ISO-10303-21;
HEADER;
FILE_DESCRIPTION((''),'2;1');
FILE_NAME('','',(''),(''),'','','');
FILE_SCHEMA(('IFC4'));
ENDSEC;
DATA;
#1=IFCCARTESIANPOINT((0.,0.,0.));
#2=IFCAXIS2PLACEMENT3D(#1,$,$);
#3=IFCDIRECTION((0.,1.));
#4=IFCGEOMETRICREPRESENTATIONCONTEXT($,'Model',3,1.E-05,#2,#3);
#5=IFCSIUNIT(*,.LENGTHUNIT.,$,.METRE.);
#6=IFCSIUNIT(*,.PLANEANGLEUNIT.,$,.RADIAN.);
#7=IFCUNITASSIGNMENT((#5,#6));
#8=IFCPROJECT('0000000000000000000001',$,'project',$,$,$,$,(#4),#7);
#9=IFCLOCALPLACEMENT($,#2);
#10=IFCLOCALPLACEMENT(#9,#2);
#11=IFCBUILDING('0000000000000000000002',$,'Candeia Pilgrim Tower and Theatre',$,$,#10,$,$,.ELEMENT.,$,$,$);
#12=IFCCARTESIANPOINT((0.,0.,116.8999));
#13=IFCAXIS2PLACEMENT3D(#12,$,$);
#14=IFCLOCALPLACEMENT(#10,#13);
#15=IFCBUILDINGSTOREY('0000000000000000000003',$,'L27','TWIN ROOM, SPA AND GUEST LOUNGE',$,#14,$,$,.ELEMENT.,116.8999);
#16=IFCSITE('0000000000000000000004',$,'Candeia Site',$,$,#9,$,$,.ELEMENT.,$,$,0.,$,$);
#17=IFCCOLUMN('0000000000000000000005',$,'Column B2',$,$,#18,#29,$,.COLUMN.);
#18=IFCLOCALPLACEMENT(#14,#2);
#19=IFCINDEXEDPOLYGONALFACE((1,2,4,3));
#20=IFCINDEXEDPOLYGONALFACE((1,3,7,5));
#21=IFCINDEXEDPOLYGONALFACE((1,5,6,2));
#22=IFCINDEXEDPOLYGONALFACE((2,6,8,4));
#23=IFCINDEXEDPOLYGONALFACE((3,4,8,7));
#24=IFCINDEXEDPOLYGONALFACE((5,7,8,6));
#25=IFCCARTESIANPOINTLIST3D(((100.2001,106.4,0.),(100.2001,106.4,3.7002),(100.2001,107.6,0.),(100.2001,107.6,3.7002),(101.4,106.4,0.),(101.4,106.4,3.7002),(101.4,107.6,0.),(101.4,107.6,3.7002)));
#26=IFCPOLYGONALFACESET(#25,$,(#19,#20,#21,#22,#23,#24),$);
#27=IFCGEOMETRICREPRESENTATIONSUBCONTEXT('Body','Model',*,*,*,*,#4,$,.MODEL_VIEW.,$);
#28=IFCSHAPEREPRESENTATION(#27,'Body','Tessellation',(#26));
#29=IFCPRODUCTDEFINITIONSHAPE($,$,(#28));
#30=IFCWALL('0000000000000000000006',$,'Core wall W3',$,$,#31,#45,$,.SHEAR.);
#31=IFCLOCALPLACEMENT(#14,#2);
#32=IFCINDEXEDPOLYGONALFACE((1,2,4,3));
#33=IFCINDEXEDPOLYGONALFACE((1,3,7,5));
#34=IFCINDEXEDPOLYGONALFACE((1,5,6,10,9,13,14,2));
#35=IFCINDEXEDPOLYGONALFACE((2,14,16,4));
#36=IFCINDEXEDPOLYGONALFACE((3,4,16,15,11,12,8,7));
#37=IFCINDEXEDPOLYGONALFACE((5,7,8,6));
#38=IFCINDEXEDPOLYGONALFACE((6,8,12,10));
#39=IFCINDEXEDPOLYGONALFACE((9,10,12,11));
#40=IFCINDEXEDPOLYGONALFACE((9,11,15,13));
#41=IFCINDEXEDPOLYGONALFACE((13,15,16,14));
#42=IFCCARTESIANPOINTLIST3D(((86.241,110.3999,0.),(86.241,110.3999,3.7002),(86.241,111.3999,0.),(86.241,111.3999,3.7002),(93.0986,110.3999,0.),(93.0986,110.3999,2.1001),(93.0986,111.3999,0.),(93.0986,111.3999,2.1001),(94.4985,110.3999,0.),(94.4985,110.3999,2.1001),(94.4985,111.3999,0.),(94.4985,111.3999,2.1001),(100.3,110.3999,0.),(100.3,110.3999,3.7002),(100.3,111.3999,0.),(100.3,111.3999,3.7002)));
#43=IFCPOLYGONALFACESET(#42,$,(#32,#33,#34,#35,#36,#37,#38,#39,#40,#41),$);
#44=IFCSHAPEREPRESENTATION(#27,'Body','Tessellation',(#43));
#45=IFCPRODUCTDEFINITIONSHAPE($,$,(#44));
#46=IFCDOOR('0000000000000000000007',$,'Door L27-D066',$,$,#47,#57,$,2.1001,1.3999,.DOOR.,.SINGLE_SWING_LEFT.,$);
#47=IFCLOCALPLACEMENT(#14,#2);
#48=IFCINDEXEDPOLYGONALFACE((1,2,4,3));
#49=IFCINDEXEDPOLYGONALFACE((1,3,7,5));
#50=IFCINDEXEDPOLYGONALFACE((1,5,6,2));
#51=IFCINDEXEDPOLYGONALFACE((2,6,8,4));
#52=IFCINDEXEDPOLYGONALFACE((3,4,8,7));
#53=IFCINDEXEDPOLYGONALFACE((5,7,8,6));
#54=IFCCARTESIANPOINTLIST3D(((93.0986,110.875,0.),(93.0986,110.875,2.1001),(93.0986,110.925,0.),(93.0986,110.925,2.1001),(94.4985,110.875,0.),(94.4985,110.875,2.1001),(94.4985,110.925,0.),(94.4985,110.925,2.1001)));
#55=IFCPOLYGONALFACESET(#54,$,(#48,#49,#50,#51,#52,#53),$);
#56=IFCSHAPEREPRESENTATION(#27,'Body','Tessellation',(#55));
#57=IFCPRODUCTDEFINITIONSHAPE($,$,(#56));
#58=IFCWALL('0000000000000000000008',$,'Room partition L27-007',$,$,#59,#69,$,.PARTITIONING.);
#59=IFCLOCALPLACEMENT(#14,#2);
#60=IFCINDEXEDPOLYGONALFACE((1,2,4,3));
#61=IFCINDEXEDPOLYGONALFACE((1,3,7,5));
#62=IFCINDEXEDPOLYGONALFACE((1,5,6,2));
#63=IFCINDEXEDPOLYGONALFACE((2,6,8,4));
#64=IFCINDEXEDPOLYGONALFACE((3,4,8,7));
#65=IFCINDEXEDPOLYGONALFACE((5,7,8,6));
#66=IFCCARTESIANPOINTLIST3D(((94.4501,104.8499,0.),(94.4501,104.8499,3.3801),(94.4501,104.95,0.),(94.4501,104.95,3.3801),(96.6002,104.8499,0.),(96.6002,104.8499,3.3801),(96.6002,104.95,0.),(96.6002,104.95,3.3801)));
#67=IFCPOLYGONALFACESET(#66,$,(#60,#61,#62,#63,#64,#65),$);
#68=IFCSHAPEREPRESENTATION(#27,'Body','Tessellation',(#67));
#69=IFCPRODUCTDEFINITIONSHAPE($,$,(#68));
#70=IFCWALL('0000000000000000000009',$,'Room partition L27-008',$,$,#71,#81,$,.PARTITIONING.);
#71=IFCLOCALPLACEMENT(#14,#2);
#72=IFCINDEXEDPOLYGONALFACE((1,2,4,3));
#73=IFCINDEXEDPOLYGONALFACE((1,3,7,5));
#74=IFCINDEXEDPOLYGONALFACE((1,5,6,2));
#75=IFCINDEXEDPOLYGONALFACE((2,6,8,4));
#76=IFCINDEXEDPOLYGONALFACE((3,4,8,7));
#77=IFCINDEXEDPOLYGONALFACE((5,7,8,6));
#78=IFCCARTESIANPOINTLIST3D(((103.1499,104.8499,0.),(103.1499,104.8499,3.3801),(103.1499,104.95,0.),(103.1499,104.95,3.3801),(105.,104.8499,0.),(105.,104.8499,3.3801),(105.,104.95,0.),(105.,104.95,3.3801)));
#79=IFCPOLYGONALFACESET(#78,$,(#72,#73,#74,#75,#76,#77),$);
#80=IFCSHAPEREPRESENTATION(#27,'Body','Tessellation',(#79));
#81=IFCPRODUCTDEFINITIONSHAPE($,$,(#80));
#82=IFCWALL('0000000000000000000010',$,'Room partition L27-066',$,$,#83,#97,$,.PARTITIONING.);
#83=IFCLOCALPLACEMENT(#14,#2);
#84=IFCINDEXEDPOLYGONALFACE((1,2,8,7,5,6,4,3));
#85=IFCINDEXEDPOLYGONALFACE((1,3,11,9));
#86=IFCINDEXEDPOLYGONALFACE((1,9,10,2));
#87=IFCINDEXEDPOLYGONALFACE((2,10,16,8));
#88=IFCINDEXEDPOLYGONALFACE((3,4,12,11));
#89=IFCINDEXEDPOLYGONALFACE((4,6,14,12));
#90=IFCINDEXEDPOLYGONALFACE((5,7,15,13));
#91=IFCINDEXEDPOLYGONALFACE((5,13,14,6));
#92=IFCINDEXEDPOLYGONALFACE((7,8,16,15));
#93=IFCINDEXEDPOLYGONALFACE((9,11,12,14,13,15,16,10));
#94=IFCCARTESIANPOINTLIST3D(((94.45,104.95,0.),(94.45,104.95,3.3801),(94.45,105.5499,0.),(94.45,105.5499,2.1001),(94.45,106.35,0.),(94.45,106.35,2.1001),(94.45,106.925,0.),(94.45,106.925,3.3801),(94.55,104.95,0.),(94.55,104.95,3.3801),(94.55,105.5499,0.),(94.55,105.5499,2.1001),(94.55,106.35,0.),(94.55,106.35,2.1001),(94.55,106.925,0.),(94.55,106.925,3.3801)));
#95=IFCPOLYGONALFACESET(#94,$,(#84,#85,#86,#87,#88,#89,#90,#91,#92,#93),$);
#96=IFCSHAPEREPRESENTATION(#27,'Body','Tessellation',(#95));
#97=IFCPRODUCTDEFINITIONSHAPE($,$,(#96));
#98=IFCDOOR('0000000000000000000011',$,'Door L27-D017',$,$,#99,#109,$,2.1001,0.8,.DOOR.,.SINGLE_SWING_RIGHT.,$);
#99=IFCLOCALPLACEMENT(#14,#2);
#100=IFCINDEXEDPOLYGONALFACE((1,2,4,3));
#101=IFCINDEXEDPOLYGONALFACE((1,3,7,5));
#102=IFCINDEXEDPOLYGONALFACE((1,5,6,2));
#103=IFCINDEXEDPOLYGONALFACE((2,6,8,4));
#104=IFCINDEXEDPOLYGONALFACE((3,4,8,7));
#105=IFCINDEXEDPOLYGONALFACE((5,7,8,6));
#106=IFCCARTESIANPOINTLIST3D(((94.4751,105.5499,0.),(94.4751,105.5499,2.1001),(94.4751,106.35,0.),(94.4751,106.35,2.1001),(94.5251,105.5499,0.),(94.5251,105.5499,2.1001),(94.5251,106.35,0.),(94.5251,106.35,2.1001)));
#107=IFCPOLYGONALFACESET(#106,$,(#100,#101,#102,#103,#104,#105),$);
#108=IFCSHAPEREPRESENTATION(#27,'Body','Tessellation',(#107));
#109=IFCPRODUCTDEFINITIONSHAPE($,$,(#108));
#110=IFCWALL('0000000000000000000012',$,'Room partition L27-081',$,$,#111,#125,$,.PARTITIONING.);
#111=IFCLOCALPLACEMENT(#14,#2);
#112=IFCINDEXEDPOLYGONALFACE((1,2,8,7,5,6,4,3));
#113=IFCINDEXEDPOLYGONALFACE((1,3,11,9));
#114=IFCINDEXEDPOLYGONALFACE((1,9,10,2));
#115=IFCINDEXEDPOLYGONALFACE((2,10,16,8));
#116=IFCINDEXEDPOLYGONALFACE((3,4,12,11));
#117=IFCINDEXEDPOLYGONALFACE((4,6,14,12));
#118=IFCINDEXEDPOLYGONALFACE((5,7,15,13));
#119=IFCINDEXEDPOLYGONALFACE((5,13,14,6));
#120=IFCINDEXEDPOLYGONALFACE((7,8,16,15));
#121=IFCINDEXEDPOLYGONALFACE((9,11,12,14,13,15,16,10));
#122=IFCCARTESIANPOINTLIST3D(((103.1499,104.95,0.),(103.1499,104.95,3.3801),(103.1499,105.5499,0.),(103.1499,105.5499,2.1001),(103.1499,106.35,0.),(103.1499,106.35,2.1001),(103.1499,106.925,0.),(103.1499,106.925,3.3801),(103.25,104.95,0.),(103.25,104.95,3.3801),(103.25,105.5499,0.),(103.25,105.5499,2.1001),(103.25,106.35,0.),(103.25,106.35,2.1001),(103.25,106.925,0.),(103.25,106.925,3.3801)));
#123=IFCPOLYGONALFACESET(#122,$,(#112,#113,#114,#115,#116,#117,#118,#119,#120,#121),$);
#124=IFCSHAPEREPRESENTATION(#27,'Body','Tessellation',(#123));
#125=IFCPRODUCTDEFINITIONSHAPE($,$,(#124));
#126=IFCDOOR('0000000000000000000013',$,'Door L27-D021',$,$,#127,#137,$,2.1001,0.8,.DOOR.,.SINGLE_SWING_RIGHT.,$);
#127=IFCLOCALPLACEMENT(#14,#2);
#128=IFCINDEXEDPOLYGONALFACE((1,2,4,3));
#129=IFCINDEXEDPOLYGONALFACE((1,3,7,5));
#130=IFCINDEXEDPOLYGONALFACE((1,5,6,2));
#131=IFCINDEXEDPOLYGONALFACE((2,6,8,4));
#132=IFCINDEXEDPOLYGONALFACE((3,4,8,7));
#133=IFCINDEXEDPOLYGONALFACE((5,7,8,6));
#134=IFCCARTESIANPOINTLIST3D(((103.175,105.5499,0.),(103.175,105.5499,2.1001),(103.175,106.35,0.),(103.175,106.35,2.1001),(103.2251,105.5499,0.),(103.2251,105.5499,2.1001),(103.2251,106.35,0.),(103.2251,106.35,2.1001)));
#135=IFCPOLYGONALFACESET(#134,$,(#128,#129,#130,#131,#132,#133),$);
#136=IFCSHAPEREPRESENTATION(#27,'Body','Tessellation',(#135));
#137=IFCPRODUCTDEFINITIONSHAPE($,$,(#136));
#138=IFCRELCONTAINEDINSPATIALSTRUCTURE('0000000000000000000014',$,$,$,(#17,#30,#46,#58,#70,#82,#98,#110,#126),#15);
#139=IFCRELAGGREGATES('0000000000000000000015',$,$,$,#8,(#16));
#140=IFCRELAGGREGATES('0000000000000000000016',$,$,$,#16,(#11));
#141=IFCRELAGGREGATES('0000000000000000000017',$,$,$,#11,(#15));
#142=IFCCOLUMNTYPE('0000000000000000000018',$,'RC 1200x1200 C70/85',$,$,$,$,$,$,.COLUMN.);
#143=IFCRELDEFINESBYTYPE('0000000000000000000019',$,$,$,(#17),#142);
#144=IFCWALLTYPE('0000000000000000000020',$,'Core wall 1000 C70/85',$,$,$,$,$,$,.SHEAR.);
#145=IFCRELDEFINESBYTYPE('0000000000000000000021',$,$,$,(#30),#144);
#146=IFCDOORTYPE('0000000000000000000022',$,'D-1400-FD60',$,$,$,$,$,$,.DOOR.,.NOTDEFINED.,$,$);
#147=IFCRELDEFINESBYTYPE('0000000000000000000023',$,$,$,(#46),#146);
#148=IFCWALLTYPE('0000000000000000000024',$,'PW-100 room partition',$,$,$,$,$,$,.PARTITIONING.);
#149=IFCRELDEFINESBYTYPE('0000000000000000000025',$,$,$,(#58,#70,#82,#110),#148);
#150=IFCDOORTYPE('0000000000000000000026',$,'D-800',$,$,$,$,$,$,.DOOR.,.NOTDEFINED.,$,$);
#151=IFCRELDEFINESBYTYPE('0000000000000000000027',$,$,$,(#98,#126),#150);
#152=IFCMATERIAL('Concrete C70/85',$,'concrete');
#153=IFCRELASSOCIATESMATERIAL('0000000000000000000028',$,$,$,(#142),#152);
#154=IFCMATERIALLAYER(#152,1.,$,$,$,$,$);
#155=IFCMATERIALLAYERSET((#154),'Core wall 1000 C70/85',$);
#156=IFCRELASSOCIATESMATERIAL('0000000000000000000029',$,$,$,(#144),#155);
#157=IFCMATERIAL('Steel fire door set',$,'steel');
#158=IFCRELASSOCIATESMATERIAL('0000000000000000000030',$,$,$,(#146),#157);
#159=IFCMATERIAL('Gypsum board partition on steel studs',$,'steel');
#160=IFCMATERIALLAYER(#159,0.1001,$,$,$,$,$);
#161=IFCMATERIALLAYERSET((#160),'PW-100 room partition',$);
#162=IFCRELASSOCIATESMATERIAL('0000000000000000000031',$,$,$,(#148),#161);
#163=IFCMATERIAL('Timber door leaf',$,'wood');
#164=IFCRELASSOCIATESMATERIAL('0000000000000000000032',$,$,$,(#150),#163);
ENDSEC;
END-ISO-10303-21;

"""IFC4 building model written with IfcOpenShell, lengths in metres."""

from ifc_helpers import new_model, si_unit, direction, frame, frame_2d, origin, origin_2d, place, context, subcontext, project, spatial, rectangle, extrude, material, layer, layer_set, material_profile, profile_set, type_object, element, fill, save


model = new_model("IFC4")

# Units and contexts
model_context = context("Model", 3, precision=1e-05, world=origin(), true_north=direction((0.0, 1.0)))
body_context = subcontext(model_context, "Body", "Model", "MODEL_VIEW")
ifc_project = project(units=[si_unit("LENGTHUNIT", "METRE"), si_unit("PLANEANGLEUNIT", "RADIAN")], contexts=[model_context])

# Site, building, storey
site_placement = place(None, origin())
site = spatial("IfcSite", under=ifc_project, at=site_placement, Name="Candeia Site", CompositionType="ELEMENT", RefElevation=0.0)
building_placement = place(site_placement, origin())
building = spatial("IfcBuilding", under=site, at=building_placement, Name="Candeia Pilgrim Tower and Theatre", CompositionType="ELEMENT")
storey_placement = place(building_placement, frame((0.0, 0.0, 116.8999)))
storey = spatial("IfcBuildingStorey", under=building, at=storey_placement, Name="L27", Description="TWIN ROOM, SPA AND GUEST LOUNGE", CompositionType="ELEMENT", Elevation=116.8999)

# Column
ifc_material_1 = material(Name="Concrete C70/85", Category="concrete")
ifc_material_profile = material_profile(ifc_material_1, rectangle(XDim=1.2, YDim=1.2, at=origin_2d()))
ifc_profile_set = profile_set([ifc_material_profile], Name="Concrete C70/85")
column_type = type_object("IfcColumnType", Name="RC 1200x1200 C70/85", PredefinedType="COLUMN", material=ifc_profile_set)
column_placement = place(storey_placement, frame((100.8, 107.0, 0.0), z_axis=(0.0, 0.0, 1.0), x_axis=(1.0, 0.0, 0.0)))
element("IfcColumn", 1, at=column_placement, inside=storey, type_object=column_type, Name="Column B2", PredefinedType="COLUMN", context=body_context, shape_type="SweptSolid", body=[
    extrude(rectangle(XDim=1.2, YDim=1.2, at=origin_2d()), origin(), (0.0, 0.0, 1.0), 3.7002),
])

# Wall, opening, door
ifc_layer_1 = layer(ifc_material_1, 1.0)
ifc_layer_set_1 = layer_set([ifc_layer_1], Name="Core wall 1000 C70/85")
wall_type_1 = type_object("IfcWallType", Name="Core wall 1000 C70/85", PredefinedType="SHEAR", material=ifc_layer_set_1)
wall_1_placement = place(storey_placement, frame((100.3, 110.8999, 0.0), z_axis=(0.0, 0.0, 1.0), x_axis=(-1.0, 0.0, 0.0)))
wall_1 = element("IfcWall", 2, at=wall_1_placement, inside=storey, type_object=wall_type_1, Name="Core wall W3", PredefinedType="SHEAR", context=body_context, shape_type="SweptSolid", body=[
    extrude(rectangle(XDim=14.0591, YDim=1.0, at=frame_2d((7.0295, 0.0))), origin(), (0.0, 0.0, 1.0), 3.7002),
])
opening_1_placement = place(wall_1_placement, frame((5.8015, 0.0, 0.0)))
opening_1 = element("IfcOpeningElement", 3, at=opening_1_placement, cuts=wall_1, PredefinedType="OPENING", context=body_context, shape_type="SweptSolid", body=[
    extrude(rectangle(XDim=1.3999, YDim=2.1001, at=frame_2d((0.7, 1.05))), frame((0.0, 0.51, 0.0), z_axis=(0.0, -1.0, 0.0), x_axis=(1.0, 0.0, 0.0)), (0.0, 0.0, 1.0), 1.02),
])
ifc_material_2 = material(Name="Steel fire door set", Category="steel")
door_type_1 = type_object("IfcDoorType", Name="D-1400-FD60", OperationType="NOTDEFINED", PredefinedType="DOOR", material=ifc_material_2)
door_1_placement = place(opening_1_placement, origin())
door_1 = element("IfcDoor", 4, at=door_1_placement, inside=storey, type_object=door_type_1, Name="Door L27-D066", OperationType="SINGLE_SWING_LEFT", OverallHeight=2.1001, OverallWidth=1.3999, PredefinedType="DOOR", context=body_context, shape_type="SweptSolid", body=[
    extrude(rectangle(XDim=1.3999, YDim=2.1001, at=frame_2d((0.7, 1.05))), frame((0.0, 0.0249, 0.0), z_axis=(0.0, -1.0, 0.0), x_axis=(1.0, 0.0, 0.0)), (0.0, 0.0, 1.0), 0.05),
])
fill(opening_1, door_1)

# Walls
ifc_material_3 = material(Name="Gypsum board partition on steel studs", Category="steel")
ifc_layer_2 = layer(ifc_material_3, 0.1001)
ifc_layer_set_2 = layer_set([ifc_layer_2], Name="PW-100 room partition")
wall_type_2 = type_object("IfcWallType", Name="PW-100 room partition", PredefinedType="PARTITIONING", material=ifc_layer_set_2)
wall_2_placement = place(storey_placement, frame((94.45, 104.8999, 0.0), z_axis=(0.0, 0.0, 1.0), x_axis=(1.0, 0.0, 0.0)))
element("IfcWall", 5, at=wall_2_placement, inside=storey, type_object=wall_type_2, Name="Room partition L27-007", PredefinedType="PARTITIONING", context=body_context, shape_type="SweptSolid", body=[
    extrude(rectangle(XDim=2.1501, YDim=0.1001, at=frame_2d((1.0752, 0.0))), origin(), (0.0, 0.0, 1.0), 3.3801),
])
wall_3_placement = place(storey_placement, frame((103.1499, 104.8999, 0.0), z_axis=(0.0, 0.0, 1.0), x_axis=(1.0, 0.0, 0.0)))
element("IfcWall", 6, at=wall_3_placement, inside=storey, type_object=wall_type_2, Name="Room partition L27-008", PredefinedType="PARTITIONING", context=body_context, shape_type="SweptSolid", body=[
    extrude(rectangle(XDim=1.8501, YDim=0.1001, at=frame_2d((0.925, 0.0))), origin(), (0.0, 0.0, 1.0), 3.3801),
])

# Walls, openings, doors
wall_4_placement = place(storey_placement, frame((94.5, 104.95, 0.0), z_axis=(0.0, 0.0, 1.0), x_axis=(0.0, 1.0, 0.0)))
wall_4 = element("IfcWall", 7, at=wall_4_placement, inside=storey, type_object=wall_type_2, Name="Room partition L27-066", PredefinedType="PARTITIONING", context=body_context, shape_type="SweptSolid", body=[
    extrude(rectangle(XDim=1.9751, YDim=0.1001, at=frame_2d((0.9875, 0.0))), origin(), (0.0, 0.0, 1.0), 3.3801),
])
opening_2_placement = place(wall_4_placement, frame((0.6001, 0.0, 0.0)))
opening_2 = element("IfcOpeningElement", 8, at=opening_2_placement, cuts=wall_4, PredefinedType="OPENING", context=body_context, shape_type="SweptSolid", body=[
    extrude(rectangle(XDim=0.8, YDim=2.1001, at=frame_2d((0.3999, 1.05))), frame((0.0, 0.0601, 0.0), z_axis=(0.0, -1.0, 0.0), x_axis=(1.0, 0.0, 0.0)), (0.0, 0.0, 1.0), 0.1201),
])
ifc_material_4 = material(Name="Timber door leaf", Category="wood")
door_type_2 = type_object("IfcDoorType", Name="D-800", OperationType="NOTDEFINED", PredefinedType="DOOR", material=ifc_material_4)
door_2_placement = place(opening_2_placement, origin())
door_2 = element("IfcDoor", 9, at=door_2_placement, inside=storey, type_object=door_type_2, Name="Door L27-D017", OperationType="SINGLE_SWING_RIGHT", OverallHeight=2.1001, OverallWidth=0.8, PredefinedType="DOOR", context=body_context, shape_type="SweptSolid", body=[
    extrude(rectangle(XDim=0.8, YDim=2.1001, at=frame_2d((0.3999, 1.05))), frame((0.0, 0.0249, 0.0), z_axis=(0.0, -1.0, 0.0), x_axis=(1.0, 0.0, 0.0)), (0.0, 0.0, 1.0), 0.05),
])
fill(opening_2, door_2)
wall_5_placement = place(storey_placement, frame((103.2, 104.95, 0.0), z_axis=(0.0, 0.0, 1.0), x_axis=(0.0, 1.0, 0.0)))
wall_5 = element("IfcWall", 10, at=wall_5_placement, inside=storey, type_object=wall_type_2, Name="Room partition L27-081", PredefinedType="PARTITIONING", context=body_context, shape_type="SweptSolid", body=[
    extrude(rectangle(XDim=1.9751, YDim=0.1001, at=frame_2d((0.9875, 0.0))), origin(), (0.0, 0.0, 1.0), 3.3801),
])
opening_3_placement = place(wall_5_placement, frame((0.6001, 0.0, 0.0)))
opening_3 = element("IfcOpeningElement", 11, at=opening_3_placement, cuts=wall_5, PredefinedType="OPENING", context=body_context, shape_type="SweptSolid", body=[
    extrude(rectangle(XDim=0.8, YDim=2.1001, at=frame_2d((0.3999, 1.05))), frame((0.0, 0.0601, 0.0), z_axis=(0.0, -1.0, 0.0), x_axis=(1.0, 0.0, 0.0)), (0.0, 0.0, 1.0), 0.1201),
])
door_3_placement = place(opening_3_placement, origin())
door_3 = element("IfcDoor", 12, at=door_3_placement, inside=storey, type_object=door_type_2, Name="Door L27-D021", OperationType="SINGLE_SWING_RIGHT", OverallHeight=2.1001, OverallWidth=0.8, PredefinedType="DOOR", context=body_context, shape_type="SweptSolid", body=[
    extrude(rectangle(XDim=0.8, YDim=2.1001, at=frame_2d((0.3999, 1.05))), frame((0.0, 0.0249, 0.0), z_axis=(0.0, -1.0, 0.0), x_axis=(1.0, 0.0, 0.0)), (0.0, 0.0, 1.0), 0.05),
])
fill(opening_3, door_3)

save(model, "model.ifc")
